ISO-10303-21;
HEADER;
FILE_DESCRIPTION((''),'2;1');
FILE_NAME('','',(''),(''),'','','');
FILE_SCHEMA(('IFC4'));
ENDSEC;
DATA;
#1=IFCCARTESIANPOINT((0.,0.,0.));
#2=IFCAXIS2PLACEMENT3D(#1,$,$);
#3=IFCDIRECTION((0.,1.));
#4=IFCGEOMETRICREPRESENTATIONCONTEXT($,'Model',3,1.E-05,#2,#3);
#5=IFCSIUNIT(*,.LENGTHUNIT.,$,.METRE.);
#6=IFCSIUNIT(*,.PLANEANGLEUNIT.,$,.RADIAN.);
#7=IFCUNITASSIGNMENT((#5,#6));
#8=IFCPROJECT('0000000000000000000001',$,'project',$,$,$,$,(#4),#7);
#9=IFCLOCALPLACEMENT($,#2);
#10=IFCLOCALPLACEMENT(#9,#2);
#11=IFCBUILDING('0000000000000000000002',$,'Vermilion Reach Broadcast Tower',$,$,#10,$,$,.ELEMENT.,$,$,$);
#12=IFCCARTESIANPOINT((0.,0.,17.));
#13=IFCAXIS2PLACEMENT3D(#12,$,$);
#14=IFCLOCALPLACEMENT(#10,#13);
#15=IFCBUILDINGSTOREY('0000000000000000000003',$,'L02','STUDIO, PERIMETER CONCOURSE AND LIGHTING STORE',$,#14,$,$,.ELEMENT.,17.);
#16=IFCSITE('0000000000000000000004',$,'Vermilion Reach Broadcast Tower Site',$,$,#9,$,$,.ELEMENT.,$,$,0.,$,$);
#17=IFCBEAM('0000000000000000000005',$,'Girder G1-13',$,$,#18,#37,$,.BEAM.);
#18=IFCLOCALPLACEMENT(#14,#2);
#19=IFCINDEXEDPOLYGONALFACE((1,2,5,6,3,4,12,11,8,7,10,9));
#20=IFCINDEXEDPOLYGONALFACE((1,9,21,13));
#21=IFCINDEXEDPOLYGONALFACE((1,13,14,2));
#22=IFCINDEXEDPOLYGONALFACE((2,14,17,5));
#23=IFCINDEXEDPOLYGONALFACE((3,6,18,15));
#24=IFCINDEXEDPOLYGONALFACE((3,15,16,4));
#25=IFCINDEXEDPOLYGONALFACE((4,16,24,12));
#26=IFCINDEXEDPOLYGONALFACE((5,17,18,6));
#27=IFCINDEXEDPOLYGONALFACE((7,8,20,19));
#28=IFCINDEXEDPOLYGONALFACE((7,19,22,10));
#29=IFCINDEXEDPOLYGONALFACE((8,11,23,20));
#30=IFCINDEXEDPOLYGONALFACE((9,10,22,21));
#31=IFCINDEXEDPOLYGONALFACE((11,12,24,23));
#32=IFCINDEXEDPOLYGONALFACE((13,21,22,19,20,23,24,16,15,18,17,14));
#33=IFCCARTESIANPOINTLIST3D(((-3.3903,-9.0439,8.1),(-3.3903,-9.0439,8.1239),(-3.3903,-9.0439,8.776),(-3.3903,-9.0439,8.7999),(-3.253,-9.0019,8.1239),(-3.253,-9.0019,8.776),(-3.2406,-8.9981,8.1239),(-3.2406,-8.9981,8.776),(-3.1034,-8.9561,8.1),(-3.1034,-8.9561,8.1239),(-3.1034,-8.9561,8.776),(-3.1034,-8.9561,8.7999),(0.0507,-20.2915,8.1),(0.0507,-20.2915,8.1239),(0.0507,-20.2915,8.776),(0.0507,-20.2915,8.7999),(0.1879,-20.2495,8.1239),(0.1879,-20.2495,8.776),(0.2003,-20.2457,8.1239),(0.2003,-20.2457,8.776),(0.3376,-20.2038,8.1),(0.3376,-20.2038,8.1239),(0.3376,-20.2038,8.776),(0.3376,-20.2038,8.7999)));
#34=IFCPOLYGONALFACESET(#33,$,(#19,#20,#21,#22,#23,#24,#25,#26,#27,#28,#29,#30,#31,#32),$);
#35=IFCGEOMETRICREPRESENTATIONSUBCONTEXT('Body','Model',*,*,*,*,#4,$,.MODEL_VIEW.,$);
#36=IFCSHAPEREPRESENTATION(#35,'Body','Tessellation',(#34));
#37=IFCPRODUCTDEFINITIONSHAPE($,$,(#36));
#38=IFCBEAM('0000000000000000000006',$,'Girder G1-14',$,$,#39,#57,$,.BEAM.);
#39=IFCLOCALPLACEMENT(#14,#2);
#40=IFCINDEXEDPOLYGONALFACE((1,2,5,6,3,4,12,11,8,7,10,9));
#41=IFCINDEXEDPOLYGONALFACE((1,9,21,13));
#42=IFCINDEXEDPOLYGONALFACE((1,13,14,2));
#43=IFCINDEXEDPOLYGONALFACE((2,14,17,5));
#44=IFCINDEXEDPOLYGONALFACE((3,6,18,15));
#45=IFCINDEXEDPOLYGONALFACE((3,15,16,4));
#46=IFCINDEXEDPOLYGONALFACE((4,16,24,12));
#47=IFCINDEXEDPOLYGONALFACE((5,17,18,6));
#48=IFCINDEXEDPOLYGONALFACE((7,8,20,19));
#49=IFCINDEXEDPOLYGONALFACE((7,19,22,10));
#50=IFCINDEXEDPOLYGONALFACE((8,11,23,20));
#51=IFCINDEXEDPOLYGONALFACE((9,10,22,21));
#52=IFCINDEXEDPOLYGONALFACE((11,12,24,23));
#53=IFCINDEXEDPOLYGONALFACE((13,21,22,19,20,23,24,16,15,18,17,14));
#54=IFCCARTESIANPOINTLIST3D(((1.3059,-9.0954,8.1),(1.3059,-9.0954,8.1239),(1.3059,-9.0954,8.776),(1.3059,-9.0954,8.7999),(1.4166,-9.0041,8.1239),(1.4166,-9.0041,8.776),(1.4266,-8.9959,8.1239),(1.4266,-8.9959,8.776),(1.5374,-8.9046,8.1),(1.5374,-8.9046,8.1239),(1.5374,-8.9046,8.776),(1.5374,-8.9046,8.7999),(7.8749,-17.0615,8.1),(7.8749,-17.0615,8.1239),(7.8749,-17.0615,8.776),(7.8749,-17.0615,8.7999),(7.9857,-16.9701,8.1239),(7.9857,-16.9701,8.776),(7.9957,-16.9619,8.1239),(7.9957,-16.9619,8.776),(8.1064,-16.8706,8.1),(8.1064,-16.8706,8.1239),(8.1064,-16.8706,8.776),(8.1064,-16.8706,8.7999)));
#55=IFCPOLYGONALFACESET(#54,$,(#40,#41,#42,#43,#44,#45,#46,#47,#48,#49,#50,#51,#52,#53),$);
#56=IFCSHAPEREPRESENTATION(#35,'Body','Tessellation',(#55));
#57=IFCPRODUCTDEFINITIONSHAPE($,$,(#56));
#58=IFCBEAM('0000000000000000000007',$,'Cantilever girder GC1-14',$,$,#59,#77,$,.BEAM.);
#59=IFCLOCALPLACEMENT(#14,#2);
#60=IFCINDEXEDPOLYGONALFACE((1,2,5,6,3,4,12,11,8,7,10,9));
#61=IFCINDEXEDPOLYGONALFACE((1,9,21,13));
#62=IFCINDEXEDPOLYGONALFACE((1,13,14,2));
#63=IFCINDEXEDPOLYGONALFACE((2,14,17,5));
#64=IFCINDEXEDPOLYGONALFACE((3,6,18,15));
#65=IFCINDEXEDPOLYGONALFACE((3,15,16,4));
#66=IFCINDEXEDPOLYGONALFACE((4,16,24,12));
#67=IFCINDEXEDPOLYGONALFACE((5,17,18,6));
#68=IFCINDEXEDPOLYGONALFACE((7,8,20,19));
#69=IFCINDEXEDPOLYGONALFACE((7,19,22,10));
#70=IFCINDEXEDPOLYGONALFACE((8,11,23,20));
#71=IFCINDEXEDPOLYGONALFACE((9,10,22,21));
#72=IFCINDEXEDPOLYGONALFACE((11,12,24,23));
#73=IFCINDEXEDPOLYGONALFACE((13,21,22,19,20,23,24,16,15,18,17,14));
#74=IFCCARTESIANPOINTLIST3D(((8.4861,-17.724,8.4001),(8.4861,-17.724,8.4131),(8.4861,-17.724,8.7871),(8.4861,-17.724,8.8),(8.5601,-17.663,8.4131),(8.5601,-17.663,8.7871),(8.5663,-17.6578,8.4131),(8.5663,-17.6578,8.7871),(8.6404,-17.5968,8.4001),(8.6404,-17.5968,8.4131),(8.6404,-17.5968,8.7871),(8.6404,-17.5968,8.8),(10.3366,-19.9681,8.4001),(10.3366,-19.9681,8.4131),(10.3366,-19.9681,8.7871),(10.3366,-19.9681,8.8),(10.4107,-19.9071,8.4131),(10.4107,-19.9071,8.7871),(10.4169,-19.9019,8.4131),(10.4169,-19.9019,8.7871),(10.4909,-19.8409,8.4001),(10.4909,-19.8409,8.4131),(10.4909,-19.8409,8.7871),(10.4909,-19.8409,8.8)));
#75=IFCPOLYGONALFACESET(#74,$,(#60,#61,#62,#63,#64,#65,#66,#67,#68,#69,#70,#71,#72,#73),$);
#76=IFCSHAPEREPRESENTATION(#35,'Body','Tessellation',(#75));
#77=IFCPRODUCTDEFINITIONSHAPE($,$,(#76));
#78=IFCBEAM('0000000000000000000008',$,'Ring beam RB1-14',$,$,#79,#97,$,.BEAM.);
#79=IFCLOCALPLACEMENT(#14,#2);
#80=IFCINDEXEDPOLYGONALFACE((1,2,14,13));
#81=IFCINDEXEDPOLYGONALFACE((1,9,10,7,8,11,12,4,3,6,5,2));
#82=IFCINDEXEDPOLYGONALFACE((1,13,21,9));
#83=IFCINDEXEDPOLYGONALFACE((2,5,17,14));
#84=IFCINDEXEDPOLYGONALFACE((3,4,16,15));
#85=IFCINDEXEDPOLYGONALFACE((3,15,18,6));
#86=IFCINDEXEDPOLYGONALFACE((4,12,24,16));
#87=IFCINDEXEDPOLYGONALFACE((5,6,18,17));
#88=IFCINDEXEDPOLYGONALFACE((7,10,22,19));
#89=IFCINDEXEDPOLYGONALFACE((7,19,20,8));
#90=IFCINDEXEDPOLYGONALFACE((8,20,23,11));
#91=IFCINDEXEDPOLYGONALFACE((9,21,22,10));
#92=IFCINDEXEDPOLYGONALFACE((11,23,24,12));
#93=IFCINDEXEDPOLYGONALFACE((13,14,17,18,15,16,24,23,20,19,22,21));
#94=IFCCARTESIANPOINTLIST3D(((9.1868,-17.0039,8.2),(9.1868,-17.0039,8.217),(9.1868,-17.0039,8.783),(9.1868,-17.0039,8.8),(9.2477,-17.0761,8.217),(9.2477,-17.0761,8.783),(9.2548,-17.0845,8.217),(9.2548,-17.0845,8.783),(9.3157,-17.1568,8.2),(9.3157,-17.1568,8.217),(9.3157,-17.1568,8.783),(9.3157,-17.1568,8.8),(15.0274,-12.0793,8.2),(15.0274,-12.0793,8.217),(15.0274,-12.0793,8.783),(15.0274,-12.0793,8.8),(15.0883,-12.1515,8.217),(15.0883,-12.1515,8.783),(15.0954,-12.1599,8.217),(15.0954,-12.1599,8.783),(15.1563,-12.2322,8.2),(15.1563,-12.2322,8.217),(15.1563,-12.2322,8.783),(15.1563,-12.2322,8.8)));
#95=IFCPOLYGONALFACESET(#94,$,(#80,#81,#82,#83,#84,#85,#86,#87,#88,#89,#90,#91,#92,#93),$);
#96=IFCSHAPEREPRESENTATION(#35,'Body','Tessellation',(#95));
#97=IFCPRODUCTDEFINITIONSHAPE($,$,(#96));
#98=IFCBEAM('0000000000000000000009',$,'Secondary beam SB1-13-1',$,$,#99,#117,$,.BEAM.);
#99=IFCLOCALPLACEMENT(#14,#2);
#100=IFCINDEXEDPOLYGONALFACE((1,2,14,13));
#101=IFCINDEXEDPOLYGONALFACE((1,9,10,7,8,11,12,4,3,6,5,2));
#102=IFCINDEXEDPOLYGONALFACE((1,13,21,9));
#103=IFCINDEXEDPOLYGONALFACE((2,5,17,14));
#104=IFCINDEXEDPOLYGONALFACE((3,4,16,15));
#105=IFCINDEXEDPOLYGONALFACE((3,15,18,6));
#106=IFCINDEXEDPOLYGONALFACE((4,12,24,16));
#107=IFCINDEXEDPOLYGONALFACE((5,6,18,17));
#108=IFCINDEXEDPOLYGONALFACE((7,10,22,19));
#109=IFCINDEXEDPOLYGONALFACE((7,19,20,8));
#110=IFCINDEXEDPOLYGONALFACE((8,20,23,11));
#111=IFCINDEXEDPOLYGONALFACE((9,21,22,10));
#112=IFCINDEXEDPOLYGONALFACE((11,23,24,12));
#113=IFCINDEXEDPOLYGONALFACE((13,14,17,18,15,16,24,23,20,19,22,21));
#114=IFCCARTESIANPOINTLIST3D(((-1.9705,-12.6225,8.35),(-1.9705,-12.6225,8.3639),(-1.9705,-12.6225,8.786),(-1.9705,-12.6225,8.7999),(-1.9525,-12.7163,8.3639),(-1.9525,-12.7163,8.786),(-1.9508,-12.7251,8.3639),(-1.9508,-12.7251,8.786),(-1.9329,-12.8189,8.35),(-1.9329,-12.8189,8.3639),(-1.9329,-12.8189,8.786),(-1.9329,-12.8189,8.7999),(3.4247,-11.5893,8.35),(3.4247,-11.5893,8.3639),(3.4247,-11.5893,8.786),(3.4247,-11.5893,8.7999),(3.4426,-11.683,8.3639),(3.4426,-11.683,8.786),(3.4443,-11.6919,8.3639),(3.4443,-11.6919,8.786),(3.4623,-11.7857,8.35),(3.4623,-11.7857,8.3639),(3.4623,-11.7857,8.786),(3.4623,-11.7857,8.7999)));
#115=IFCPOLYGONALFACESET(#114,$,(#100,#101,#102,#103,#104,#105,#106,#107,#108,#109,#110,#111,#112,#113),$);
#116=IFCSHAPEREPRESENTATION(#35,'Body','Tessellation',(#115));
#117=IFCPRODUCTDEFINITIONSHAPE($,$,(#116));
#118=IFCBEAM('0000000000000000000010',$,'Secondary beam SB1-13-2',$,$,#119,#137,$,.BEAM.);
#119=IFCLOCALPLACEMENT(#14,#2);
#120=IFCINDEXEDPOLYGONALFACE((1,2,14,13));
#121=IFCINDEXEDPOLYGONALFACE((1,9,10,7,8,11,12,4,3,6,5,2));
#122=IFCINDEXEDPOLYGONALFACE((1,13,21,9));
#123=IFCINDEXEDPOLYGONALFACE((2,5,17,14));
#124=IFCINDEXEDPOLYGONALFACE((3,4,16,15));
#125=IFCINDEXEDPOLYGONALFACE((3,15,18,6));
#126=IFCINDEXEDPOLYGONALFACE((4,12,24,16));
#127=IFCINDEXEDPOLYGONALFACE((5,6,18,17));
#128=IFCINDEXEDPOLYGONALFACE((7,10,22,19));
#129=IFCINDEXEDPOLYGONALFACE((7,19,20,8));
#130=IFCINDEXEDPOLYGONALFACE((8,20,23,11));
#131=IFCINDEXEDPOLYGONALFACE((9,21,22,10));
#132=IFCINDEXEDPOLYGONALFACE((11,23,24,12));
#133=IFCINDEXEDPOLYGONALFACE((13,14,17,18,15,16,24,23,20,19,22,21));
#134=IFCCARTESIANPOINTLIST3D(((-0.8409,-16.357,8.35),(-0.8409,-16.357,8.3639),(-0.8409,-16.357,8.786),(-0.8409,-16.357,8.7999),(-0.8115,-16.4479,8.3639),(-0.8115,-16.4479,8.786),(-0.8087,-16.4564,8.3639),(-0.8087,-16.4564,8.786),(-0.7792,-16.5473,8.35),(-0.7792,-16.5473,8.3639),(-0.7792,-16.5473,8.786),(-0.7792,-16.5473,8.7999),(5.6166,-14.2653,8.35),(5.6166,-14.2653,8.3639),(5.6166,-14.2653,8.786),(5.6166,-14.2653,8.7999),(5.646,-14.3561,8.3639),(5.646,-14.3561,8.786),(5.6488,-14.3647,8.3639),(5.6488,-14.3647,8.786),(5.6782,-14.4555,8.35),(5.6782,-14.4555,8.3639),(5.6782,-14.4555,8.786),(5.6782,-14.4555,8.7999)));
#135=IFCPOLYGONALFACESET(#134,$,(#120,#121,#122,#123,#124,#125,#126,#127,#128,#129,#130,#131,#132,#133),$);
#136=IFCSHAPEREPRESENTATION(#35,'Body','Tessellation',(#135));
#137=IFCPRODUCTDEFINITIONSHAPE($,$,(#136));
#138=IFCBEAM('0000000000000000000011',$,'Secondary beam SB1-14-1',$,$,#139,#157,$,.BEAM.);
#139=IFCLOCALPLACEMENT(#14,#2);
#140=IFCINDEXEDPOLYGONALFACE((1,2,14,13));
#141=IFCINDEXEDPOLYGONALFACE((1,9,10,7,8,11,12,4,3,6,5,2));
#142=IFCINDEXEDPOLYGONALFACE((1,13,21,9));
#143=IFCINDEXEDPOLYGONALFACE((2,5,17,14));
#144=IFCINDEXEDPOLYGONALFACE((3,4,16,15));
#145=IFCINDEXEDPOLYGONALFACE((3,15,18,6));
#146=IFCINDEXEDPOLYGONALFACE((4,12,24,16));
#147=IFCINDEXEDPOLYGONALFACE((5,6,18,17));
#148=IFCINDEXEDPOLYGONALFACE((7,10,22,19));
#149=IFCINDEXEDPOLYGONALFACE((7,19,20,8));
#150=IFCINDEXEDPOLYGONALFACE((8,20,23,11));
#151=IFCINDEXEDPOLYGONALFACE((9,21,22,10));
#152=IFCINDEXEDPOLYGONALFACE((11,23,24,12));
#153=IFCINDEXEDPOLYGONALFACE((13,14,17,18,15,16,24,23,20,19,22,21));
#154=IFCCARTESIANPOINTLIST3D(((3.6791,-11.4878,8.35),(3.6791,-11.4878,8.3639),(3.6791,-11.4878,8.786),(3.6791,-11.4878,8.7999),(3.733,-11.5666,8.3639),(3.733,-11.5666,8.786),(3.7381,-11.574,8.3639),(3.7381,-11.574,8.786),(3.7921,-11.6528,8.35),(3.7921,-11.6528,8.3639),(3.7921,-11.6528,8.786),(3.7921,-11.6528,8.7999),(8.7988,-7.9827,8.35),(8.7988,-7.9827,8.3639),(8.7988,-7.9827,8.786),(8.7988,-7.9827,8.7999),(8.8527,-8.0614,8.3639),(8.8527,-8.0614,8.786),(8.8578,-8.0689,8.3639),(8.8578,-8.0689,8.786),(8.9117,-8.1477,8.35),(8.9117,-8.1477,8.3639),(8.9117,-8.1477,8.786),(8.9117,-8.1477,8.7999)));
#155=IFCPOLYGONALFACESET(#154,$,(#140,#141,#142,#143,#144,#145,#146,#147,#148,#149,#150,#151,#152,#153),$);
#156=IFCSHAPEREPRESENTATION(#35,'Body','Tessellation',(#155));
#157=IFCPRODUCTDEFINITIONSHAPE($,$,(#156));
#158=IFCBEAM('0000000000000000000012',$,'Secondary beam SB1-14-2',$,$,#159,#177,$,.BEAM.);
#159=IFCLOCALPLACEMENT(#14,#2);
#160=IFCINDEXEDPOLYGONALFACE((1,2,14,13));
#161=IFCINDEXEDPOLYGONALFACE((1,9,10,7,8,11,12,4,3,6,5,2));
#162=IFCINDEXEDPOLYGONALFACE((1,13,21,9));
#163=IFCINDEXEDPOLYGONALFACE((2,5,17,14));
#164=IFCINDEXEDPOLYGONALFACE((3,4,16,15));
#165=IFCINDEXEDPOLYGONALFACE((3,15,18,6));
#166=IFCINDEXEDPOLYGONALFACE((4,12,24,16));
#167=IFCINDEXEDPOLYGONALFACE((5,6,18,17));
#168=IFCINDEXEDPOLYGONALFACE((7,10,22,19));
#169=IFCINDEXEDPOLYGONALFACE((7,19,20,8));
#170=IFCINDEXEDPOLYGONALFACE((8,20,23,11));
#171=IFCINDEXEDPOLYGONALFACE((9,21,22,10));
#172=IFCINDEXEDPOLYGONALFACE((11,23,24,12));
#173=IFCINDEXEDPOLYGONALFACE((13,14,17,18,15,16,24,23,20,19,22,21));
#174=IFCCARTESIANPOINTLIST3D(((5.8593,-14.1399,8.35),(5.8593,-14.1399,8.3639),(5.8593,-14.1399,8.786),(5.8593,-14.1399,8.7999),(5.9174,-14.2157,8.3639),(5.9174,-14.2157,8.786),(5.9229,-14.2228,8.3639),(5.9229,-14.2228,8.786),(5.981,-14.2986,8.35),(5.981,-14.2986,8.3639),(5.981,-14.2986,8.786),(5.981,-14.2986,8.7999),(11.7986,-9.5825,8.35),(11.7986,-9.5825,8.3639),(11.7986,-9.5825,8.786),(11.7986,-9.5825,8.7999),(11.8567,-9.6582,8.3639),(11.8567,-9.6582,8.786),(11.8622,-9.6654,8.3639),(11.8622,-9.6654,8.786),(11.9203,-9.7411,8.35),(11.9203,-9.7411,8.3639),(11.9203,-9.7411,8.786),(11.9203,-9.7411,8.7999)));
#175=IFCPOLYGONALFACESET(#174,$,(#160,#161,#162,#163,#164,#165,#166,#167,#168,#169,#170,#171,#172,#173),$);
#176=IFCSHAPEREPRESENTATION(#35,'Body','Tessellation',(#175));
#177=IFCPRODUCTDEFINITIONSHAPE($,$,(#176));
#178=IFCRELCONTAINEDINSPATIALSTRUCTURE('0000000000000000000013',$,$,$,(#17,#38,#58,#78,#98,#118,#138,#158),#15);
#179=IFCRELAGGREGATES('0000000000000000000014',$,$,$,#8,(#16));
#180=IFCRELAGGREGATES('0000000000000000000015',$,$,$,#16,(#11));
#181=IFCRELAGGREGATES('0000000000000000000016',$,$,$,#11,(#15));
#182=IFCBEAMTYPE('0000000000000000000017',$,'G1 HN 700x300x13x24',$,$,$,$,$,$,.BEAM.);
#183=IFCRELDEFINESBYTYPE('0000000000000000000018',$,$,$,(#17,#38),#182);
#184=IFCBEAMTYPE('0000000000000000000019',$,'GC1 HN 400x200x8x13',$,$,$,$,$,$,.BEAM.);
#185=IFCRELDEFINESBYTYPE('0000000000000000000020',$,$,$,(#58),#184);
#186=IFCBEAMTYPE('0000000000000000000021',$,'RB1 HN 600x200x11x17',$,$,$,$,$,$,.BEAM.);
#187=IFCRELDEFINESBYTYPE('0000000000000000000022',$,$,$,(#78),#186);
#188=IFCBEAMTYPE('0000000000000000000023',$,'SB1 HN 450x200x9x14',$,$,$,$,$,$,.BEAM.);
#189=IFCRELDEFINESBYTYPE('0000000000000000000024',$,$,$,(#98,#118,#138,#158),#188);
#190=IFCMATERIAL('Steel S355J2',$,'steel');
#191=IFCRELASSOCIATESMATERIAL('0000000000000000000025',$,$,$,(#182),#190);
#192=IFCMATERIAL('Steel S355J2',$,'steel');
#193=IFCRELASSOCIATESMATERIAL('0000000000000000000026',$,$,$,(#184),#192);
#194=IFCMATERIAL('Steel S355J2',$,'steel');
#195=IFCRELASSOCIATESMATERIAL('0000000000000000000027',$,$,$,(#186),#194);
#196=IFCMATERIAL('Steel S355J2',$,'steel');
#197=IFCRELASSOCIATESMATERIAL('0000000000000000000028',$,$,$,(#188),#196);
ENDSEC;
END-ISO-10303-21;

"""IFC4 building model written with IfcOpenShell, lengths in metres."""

from ifc_helpers import new_model, si_unit, direction, frame, origin, origin_2d, place, context, subcontext, project, spatial, i_section, extrude, material, material_profile, profile_set, type_object, element, save


model = new_model("IFC4")

# Units and contexts
model_context = context("Model", 3, precision=1e-05, world=origin(), true_north=direction((0.0, 1.0)))
body_context = subcontext(model_context, "Body", "Model", "MODEL_VIEW")
ifc_project = project(units=[si_unit("LENGTHUNIT", "METRE"), si_unit("PLANEANGLEUNIT", "RADIAN")], contexts=[model_context])

# Site, building, storey
site_placement = place(None, origin())
site = spatial("IfcSite", under=ifc_project, at=site_placement, Name="Vermilion Reach Broadcast Tower Site", CompositionType="ELEMENT", RefElevation=0.0)
building_placement = place(site_placement, origin())
building = spatial("IfcBuilding", under=site, at=building_placement, Name="Vermilion Reach Broadcast Tower", CompositionType="ELEMENT")
storey_placement = place(building_placement, frame((0.0, 0.0, 17.0)))
storey = spatial("IfcBuildingStorey", under=building, at=storey_placement, Name="L02", Description="STUDIO, PERIMETER CONCOURSE AND LIGHTING STORE", CompositionType="ELEMENT", Elevation=17.0)

# Beams
ifc_material_1 = material(Name="Steel S355J2", Category="steel")
ifc_material_profile_1 = material_profile(ifc_material_1, i_section(OverallWidth=0.3, OverallDepth=0.7, WebThickness=0.0129, FlangeThickness=0.0239, at=origin_2d()), Name="S355J2 HN 700x300x13x24")
ifc_profile_set_1 = profile_set([ifc_material_profile_1], Name="Steel S355J2")
beam_type_1 = type_object("IfcBeamType", Name="G1 HN 700x300x13x24", PredefinedType="BEAM", material=ifc_profile_set_1)
beam_1_placement = place(storey_placement, frame((-3.2468, -9.0, 8.45), z_axis=(0.292542, -0.956253, 0.0), x_axis=(0.956253, 0.292542, 0.0)))
element("IfcBeam", 1, at=beam_1_placement, inside=storey, type_object=beam_type_1, Name="Girder G1-13", PredefinedType="BEAM", context=body_context, shape_type="SweptSolid", body=[
    extrude(i_section(OverallWidth=0.3, OverallDepth=0.7, WebThickness=0.0129, FlangeThickness=0.0239, at=origin_2d()), origin(), (0.0, 0.0, 1.0), 11.7622),
])
beam_2_placement = place(storey_placement, frame((1.4216, -9.0, 8.45), z_axis=(0.636215, -0.771512, 0.0), x_axis=(0.771512, 0.636215, 0.0)))
element("IfcBeam", 2, at=beam_2_placement, inside=storey, type_object=beam_type_1, Name="Girder G1-14", PredefinedType="BEAM", context=body_context, shape_type="SweptSolid", body=[
    extrude(i_section(OverallWidth=0.3, OverallDepth=0.7, WebThickness=0.0129, FlangeThickness=0.0239, at=origin_2d()), origin(), (0.0, 0.0, 1.0), 10.3252),
])
ifc_material_2 = material(Name="Steel S355J2", Category="steel")
ifc_material_profile_2 = material_profile(ifc_material_2, i_section(OverallWidth=0.2, OverallDepth=0.3999, WebThickness=0.0081, FlangeThickness=0.0129, at=origin_2d()), Name="S355J2 HN 400x200x8x13")
ifc_profile_set_2 = profile_set([ifc_material_profile_2], Name="Steel S355J2")
beam_type_2 = type_object("IfcBeamType", Name="GC1 HN 400x200x8x13", PredefinedType="BEAM", material=ifc_profile_set_2)
beam_3_placement = place(storey_placement, frame((8.5632, -17.6604, 8.6001), z_axis=(0.636213, -0.771513, 0.0), x_axis=(0.771513, 0.636213, 0.0)))
element("IfcBeam", 3, at=beam_3_placement, inside=storey, type_object=beam_type_2, Name="Cantilever girder GC1-14", PredefinedType="BEAM", context=body_context, shape_type="SweptSolid", body=[
    extrude(i_section(OverallWidth=0.2, OverallDepth=0.3999, WebThickness=0.0081, FlangeThickness=0.0129, at=origin_2d()), origin(), (0.0, 0.0, 1.0), 2.9087),
])
ifc_material_3 = material(Name="Steel S355J2", Category="steel")
ifc_material_profile_3 = material_profile(ifc_material_3, i_section(OverallWidth=0.2, OverallDepth=0.6001, WebThickness=0.011, FlangeThickness=0.0171, at=origin_2d()), Name="S355J2 HN 600x200x11x17")
ifc_profile_set_3 = profile_set([ifc_material_profile_3], Name="Steel S355J2")
beam_type_3 = type_object("IfcBeamType", Name="RB1 HN 600x200x11x17", PredefinedType="BEAM", material=ifc_profile_set_3)
beam_4_placement = place(storey_placement, frame((9.2512, -17.0803, 8.5), z_axis=(0.764512, 0.644609, 0.0), x_axis=(-0.644609, 0.764512, 0.0)))
element("IfcBeam", 4, at=beam_4_placement, inside=storey, type_object=beam_type_3, Name="Ring beam RB1-14", PredefinedType="BEAM", context=body_context, shape_type="SweptSolid", body=[
    extrude(i_section(OverallWidth=0.2, OverallDepth=0.6001, WebThickness=0.011, FlangeThickness=0.0171, at=origin_2d()), origin(), (0.0, 0.0, 1.0), 7.6396),
])
ifc_material_4 = material(Name="Steel S355J2", Category="steel")
ifc_material_profile_4 = material_profile(ifc_material_4, i_section(OverallWidth=0.2, OverallDepth=0.45, WebThickness=0.009, FlangeThickness=0.0139, at=origin_2d()), Name="S355J2 HN 450x200x9x14")
ifc_profile_set_4 = profile_set([ifc_material_profile_4], Name="Steel S355J2")
beam_type_4 = type_object("IfcBeamType", Name="SB1 HN 450x200x9x14", PredefinedType="BEAM", material=ifc_profile_set_4)
beam_5_placement = place(storey_placement, frame((-1.9517, -12.7207, 8.575), z_axis=(0.982151, 0.188092, 0.0), x_axis=(-0.188092, 0.982151, 0.0)))
element("IfcBeam", 5, at=beam_5_placement, inside=storey, type_object=beam_type_4, Name="Secondary beam SB1-13-1", PredefinedType="BEAM", context=body_context, shape_type="SweptSolid", body=[
    extrude(i_section(OverallWidth=0.2, OverallDepth=0.45, WebThickness=0.009, FlangeThickness=0.0139, at=origin_2d()), origin(), (0.0, 0.0, 1.0), 5.4932),
])
beam_6_placement = place(storey_placement, frame((-0.8101, -16.4521, 8.575), z_axis=(0.951332, 0.308167, 0.0), x_axis=(-0.308167, 0.951332, 0.0)))
element("IfcBeam", 6, at=beam_6_placement, inside=storey, type_object=beam_type_4, Name="Secondary beam SB1-13-2", PredefinedType="BEAM", context=body_context, shape_type="SweptSolid", body=[
    extrude(i_section(OverallWidth=0.2, OverallDepth=0.45, WebThickness=0.009, FlangeThickness=0.0139, at=origin_2d()), origin(), (0.0, 0.0, 1.0), 6.7878),
])
beam_7_placement = place(storey_placement, frame((3.7356, -11.5703, 8.575), z_axis=(0.82514, 0.564928, 0.0), x_axis=(-0.564928, 0.82514, 0.0)))
element("IfcBeam", 7, at=beam_7_placement, inside=storey, type_object=beam_type_4, Name="Secondary beam SB1-14-1", PredefinedType="BEAM", context=body_context, shape_type="SweptSolid", body=[
    extrude(i_section(OverallWidth=0.2, OverallDepth=0.45, WebThickness=0.009, FlangeThickness=0.0139, at=origin_2d()), origin(), (0.0, 0.0, 1.0), 6.2046),
])
beam_8_placement = place(storey_placement, frame((5.9202, -14.2192, 8.575), z_axis=(0.79335, 0.608766, 0.0), x_axis=(-0.608766, 0.79335, 0.0)))
element("IfcBeam", 8, at=beam_8_placement, inside=storey, type_object=beam_type_4, Name="Secondary beam SB1-14-2", PredefinedType="BEAM", context=body_context, shape_type="SweptSolid", body=[
    extrude(i_section(OverallWidth=0.2, OverallDepth=0.45, WebThickness=0.009, FlangeThickness=0.0139, at=origin_2d()), origin(), (0.0, 0.0, 1.0), 7.4863),
])

save(model, "model.ifc")
